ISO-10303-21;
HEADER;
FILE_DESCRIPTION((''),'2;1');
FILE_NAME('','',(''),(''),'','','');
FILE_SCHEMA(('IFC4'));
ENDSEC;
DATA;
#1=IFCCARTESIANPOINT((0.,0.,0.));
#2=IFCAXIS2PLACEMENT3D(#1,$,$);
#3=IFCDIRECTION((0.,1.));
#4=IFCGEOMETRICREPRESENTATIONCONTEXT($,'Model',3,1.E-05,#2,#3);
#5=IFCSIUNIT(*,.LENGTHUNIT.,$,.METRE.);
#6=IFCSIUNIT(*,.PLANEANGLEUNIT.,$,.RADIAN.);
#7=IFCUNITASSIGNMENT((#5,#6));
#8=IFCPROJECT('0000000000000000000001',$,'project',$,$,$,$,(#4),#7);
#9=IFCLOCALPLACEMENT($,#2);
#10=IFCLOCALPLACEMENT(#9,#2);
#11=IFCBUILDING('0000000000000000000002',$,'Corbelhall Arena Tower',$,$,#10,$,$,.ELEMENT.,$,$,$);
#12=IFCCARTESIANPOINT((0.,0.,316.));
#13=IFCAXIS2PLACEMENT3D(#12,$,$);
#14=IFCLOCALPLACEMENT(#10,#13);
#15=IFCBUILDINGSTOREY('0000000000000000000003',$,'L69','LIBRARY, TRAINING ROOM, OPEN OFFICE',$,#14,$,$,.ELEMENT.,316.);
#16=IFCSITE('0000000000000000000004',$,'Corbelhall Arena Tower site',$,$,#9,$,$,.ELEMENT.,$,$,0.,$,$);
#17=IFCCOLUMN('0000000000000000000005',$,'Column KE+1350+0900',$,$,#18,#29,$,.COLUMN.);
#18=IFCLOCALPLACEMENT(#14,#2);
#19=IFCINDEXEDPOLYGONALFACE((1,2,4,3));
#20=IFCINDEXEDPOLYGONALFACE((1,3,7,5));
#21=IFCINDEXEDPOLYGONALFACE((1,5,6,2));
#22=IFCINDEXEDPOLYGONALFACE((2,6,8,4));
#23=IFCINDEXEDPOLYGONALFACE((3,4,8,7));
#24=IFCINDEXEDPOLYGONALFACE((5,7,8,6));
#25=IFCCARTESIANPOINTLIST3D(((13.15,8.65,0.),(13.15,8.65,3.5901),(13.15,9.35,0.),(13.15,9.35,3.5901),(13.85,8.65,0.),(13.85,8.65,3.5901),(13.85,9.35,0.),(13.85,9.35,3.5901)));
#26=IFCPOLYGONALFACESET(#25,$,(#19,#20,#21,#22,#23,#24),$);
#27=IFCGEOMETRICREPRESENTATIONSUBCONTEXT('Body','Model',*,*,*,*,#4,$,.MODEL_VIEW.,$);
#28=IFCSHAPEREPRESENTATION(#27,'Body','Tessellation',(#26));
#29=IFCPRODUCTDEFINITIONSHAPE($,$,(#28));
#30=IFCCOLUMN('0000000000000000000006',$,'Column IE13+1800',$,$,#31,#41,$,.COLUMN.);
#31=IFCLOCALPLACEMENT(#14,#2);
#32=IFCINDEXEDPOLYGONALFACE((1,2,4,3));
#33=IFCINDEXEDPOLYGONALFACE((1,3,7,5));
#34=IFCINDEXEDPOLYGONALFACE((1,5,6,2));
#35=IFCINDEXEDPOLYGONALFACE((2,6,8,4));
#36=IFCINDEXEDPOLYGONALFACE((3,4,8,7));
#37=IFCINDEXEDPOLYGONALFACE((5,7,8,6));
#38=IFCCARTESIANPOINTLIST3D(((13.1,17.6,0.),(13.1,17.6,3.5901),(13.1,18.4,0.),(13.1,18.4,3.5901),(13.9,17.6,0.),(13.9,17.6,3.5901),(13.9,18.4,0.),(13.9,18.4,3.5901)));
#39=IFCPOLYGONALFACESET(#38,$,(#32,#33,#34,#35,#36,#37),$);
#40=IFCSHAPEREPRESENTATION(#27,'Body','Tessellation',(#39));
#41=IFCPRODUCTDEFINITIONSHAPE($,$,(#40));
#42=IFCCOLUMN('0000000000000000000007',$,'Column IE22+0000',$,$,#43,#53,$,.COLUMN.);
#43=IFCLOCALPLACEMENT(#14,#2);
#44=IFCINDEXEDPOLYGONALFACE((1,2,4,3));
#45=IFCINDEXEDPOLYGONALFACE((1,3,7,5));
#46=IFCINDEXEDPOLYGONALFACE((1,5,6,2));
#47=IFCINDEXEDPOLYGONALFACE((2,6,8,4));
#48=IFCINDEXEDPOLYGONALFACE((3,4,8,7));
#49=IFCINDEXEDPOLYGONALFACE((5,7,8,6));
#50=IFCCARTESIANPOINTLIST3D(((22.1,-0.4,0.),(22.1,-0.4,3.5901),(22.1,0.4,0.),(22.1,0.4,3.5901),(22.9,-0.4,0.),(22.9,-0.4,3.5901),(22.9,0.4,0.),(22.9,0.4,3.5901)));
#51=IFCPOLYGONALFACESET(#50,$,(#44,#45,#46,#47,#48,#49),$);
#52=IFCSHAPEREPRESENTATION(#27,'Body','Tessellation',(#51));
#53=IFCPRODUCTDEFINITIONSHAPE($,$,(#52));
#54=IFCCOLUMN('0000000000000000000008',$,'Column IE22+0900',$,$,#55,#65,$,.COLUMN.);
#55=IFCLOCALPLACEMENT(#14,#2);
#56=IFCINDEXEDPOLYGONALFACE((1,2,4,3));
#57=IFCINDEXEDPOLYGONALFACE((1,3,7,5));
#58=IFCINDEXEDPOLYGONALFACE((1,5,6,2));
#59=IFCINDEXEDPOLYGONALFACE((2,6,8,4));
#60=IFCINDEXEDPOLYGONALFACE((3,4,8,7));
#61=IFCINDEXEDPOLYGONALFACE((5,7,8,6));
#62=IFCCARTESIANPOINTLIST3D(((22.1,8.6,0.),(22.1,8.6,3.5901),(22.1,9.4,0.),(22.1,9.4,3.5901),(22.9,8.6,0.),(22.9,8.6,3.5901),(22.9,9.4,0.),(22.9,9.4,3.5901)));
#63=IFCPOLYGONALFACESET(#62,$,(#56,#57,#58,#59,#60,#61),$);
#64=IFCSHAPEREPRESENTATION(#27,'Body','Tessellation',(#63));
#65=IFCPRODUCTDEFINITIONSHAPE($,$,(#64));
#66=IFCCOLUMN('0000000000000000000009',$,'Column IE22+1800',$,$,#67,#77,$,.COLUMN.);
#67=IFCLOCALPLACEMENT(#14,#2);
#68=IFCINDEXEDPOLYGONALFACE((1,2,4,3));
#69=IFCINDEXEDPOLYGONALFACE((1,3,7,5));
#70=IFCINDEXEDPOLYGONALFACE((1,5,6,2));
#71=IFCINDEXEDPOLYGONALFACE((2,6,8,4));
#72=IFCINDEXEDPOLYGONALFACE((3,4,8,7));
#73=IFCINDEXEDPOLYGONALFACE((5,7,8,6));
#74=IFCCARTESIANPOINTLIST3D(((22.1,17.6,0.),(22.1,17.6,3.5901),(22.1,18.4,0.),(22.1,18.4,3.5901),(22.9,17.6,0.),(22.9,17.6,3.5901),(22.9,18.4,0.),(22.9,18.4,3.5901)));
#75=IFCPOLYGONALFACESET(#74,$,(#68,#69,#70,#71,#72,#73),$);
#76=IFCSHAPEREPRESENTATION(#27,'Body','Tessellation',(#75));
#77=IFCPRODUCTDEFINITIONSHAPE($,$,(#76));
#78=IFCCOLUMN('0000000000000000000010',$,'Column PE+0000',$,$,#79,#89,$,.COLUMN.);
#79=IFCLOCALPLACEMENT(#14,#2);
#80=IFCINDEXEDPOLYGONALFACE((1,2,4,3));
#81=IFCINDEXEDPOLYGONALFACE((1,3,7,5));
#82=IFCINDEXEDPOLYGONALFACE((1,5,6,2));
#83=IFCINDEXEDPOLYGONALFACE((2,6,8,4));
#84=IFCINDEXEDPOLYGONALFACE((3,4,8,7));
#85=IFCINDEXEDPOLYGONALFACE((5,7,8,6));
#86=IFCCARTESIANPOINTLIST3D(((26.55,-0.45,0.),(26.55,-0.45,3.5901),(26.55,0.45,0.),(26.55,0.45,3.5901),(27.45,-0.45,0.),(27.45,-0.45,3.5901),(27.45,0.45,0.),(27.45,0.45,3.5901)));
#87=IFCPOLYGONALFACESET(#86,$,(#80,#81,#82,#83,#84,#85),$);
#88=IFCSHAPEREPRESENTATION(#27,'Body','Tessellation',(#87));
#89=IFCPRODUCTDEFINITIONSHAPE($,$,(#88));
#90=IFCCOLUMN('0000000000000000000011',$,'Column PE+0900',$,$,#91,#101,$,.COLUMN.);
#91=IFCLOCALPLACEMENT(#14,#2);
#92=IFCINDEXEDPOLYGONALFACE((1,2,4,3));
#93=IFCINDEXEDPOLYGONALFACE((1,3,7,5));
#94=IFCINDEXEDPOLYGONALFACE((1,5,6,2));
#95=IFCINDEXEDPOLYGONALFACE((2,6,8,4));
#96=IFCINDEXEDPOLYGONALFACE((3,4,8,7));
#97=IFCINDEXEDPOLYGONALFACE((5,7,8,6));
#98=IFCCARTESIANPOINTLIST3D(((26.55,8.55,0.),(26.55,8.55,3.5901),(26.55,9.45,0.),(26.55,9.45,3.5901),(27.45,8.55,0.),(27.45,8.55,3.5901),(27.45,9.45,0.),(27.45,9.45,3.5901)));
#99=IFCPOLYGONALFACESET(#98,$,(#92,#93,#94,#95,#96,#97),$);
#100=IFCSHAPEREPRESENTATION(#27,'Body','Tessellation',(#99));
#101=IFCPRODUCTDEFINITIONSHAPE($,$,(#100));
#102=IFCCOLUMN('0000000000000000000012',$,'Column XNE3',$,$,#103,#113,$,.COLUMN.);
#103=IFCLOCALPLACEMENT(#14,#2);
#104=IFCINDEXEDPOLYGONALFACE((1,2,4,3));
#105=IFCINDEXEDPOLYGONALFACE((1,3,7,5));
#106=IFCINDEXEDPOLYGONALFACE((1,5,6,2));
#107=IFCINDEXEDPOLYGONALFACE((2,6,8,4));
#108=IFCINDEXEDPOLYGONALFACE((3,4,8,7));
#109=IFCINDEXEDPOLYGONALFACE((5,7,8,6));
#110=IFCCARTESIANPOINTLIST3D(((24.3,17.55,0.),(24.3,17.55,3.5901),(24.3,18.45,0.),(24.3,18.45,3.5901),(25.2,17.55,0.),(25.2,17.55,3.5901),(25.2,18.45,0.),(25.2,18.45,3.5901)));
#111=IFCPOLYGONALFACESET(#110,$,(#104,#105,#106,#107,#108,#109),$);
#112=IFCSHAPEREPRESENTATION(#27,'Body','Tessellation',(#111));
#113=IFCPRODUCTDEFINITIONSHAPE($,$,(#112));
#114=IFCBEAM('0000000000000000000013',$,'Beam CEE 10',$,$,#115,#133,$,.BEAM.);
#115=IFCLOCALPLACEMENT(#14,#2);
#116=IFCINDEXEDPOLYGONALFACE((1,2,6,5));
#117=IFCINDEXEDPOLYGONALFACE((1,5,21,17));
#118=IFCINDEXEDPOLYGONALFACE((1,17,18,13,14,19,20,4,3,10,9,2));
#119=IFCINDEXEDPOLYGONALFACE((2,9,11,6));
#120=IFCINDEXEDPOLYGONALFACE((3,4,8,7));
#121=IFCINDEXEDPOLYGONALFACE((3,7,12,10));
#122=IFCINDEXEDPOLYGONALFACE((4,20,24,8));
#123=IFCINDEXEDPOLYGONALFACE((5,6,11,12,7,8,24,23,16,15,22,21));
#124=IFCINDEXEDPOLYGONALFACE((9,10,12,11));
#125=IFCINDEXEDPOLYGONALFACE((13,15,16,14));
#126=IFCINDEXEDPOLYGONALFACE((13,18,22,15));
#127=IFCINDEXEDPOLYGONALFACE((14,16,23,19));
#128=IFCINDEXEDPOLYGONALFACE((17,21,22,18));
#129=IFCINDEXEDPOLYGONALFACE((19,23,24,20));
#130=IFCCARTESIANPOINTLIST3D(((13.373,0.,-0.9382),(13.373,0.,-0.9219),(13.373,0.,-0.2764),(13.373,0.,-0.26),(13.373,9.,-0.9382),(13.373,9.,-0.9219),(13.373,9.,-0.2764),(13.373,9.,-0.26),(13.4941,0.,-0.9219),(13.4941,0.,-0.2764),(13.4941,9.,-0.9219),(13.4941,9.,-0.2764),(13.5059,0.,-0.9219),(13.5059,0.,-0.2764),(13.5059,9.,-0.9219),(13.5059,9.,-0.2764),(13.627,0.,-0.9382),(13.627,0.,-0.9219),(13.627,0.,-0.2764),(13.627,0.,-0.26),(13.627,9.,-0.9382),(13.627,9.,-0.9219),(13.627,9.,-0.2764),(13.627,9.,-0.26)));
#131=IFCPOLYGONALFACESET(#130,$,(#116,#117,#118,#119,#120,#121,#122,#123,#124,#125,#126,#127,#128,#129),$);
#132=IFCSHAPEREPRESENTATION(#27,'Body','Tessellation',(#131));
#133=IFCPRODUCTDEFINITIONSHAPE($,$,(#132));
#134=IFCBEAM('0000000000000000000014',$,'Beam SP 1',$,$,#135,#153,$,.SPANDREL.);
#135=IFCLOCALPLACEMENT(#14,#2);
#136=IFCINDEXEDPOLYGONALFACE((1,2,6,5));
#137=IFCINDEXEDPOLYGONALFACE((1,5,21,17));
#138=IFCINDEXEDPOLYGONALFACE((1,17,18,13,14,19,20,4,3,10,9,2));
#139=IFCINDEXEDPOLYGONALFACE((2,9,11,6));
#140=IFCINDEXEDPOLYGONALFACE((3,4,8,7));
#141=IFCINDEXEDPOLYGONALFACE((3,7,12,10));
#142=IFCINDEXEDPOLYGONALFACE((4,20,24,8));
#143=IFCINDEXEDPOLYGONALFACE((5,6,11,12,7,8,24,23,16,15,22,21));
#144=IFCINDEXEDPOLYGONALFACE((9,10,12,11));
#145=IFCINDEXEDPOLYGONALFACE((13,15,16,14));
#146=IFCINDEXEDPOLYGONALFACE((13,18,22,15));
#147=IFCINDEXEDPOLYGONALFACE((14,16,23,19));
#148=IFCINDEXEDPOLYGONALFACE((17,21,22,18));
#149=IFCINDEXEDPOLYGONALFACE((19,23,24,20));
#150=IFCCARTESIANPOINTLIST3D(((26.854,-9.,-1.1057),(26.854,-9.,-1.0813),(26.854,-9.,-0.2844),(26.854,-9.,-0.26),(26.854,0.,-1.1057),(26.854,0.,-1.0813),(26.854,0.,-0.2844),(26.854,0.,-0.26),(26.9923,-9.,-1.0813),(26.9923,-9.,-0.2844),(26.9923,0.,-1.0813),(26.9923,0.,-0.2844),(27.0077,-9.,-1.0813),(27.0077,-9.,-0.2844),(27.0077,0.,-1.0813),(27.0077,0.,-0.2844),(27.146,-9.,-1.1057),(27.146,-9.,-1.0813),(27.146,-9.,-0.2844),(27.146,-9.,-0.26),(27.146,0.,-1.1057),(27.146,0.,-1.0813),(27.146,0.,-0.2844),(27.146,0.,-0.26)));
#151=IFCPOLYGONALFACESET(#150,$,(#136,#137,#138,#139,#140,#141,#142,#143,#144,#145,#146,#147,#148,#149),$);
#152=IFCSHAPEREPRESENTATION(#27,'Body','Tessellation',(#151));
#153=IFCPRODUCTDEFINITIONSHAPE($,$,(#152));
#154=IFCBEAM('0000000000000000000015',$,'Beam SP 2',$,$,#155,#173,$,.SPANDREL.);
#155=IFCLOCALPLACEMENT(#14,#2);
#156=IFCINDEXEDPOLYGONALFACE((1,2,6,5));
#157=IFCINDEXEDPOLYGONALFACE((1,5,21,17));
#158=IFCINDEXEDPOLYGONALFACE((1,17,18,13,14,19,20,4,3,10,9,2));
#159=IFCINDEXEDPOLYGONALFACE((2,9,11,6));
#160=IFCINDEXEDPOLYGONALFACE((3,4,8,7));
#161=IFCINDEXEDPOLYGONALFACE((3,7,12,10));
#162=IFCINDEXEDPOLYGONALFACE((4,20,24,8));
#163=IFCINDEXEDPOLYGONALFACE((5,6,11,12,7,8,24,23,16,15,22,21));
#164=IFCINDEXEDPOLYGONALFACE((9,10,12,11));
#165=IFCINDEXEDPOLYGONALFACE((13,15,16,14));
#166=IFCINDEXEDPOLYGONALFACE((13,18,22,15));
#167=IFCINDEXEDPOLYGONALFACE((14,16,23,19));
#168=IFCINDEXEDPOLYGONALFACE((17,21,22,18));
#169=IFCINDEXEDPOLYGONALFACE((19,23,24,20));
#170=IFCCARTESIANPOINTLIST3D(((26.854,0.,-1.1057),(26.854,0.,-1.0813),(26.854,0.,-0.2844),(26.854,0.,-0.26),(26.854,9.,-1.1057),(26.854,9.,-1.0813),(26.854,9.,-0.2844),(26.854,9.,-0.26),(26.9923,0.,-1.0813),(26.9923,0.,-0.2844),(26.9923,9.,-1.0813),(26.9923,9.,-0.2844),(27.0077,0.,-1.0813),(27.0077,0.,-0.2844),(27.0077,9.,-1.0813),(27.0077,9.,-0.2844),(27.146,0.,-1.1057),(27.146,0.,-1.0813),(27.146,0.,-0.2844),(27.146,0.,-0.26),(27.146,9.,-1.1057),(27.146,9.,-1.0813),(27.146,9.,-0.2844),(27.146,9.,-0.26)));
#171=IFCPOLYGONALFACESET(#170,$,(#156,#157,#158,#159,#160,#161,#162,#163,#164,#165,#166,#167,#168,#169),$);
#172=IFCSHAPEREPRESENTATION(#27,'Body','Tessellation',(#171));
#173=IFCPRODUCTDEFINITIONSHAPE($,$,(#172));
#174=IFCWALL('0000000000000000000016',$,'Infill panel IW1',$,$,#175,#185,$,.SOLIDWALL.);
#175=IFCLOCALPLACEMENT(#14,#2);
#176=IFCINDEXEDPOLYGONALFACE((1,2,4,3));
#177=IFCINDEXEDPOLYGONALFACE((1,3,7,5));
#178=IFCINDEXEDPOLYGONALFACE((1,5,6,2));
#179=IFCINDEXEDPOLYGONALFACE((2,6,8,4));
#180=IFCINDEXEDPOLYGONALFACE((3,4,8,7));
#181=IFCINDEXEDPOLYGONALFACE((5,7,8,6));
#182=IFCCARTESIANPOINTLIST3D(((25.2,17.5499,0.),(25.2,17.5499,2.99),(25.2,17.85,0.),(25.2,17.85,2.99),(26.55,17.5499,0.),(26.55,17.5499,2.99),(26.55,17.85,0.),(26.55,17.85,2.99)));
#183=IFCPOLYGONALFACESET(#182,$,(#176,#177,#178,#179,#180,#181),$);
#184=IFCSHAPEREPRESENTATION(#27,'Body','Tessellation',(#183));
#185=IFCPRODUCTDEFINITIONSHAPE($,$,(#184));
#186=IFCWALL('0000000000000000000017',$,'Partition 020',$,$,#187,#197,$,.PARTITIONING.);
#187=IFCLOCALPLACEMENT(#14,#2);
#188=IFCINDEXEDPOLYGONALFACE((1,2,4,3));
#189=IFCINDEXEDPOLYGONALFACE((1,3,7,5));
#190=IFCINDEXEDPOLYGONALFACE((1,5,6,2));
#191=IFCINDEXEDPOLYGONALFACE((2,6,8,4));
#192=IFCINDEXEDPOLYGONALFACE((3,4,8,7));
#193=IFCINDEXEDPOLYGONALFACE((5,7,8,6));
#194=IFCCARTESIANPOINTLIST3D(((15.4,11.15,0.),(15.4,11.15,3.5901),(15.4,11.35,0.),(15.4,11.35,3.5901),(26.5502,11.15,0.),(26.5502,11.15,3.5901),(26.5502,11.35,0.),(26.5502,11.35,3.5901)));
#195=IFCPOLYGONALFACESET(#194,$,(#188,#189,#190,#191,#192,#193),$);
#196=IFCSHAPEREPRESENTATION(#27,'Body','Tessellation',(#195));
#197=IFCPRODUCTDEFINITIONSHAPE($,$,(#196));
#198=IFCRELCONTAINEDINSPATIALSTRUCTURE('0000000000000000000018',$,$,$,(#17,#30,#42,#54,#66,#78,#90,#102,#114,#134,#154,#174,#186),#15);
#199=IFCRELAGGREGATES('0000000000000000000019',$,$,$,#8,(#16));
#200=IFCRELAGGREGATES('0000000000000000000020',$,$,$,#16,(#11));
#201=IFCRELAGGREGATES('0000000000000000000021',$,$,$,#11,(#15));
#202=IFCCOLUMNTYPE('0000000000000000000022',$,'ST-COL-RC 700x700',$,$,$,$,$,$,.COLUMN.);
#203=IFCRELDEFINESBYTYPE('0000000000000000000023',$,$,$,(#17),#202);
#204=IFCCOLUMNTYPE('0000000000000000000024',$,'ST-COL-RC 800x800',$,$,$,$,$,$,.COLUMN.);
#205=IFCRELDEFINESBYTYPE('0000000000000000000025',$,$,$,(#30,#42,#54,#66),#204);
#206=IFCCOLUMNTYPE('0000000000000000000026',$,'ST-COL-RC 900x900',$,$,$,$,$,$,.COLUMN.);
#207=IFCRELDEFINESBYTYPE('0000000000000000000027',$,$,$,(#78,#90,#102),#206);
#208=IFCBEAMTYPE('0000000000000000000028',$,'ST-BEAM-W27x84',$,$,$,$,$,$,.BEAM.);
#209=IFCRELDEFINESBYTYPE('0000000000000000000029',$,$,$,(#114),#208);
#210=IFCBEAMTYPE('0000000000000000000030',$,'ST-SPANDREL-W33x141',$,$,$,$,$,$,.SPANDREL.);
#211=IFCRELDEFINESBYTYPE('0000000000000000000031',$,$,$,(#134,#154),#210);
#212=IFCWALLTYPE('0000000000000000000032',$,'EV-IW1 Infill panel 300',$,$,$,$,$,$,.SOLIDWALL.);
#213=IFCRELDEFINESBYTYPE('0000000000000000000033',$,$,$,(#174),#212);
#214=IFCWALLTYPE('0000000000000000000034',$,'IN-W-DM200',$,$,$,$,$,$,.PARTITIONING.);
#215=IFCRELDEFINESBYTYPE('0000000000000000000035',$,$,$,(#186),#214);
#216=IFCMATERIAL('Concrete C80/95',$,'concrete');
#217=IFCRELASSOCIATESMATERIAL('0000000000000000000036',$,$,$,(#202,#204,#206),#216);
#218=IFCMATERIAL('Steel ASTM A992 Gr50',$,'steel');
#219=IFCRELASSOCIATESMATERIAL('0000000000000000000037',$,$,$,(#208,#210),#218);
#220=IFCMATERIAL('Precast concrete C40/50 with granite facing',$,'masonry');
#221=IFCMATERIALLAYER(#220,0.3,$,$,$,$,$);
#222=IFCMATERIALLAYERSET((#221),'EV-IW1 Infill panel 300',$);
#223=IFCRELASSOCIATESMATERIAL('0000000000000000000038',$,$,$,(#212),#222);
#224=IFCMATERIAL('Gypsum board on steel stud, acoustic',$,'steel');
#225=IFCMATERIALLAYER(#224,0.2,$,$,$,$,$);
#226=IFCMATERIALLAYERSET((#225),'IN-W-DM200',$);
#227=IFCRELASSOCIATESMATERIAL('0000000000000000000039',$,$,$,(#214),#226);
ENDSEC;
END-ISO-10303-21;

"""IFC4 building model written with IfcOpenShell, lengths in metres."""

from ifc_helpers import new_model, si_unit, direction, frame, frame_2d, origin, origin_2d, place, context, subcontext, project, spatial, rectangle, i_section, extrude, material, layer, layer_set, material_profile, profile_set, type_object, element, save


model = new_model("IFC4")

# Units and contexts
model_context = context("Model", 3, precision=1e-05, world=origin(), true_north=direction((0.0, 1.0)))
body_context = subcontext(model_context, "Body", "Model", "MODEL_VIEW")
ifc_project = project(units=[si_unit("LENGTHUNIT", "METRE"), si_unit("PLANEANGLEUNIT", "RADIAN")], contexts=[model_context])

# Site, building, storey
site_placement = place(None, origin())
site = spatial("IfcSite", under=ifc_project, at=site_placement, Name="Corbelhall Arena Tower site", CompositionType="ELEMENT", RefElevation=0.0)
building_placement = place(site_placement, origin())
building = spatial("IfcBuilding", under=site, at=building_placement, Name="Corbelhall Arena Tower", CompositionType="ELEMENT")
storey_placement = place(building_placement, frame((0.0, 0.0, 316.0)))
storey = spatial("IfcBuildingStorey", under=building, at=storey_placement, Name="L69", Description="LIBRARY, TRAINING ROOM, OPEN OFFICE", CompositionType="ELEMENT", Elevation=316.0)

# Columns
ifc_material_1 = material(Name="Concrete C80/95", Category="concrete")
ifc_material_profile_1 = material_profile(ifc_material_1, rectangle(XDim=0.7, YDim=0.7, at=origin_2d()))
ifc_profile_set_1 = profile_set([ifc_material_profile_1], Name="Concrete C80/95")
column_type_1 = type_object("IfcColumnType", Name="ST-COL-RC 700x700", PredefinedType="COLUMN", material=ifc_profile_set_1)
column_placement = place(storey_placement, frame((13.5, 9.0, 0.0), z_axis=(0.0, 0.0, 1.0), x_axis=(1.0, 0.0, 0.0)))
element("IfcColumn", 1, at=column_placement, inside=storey, type_object=column_type_1, Name="Column KE+1350+0900", PredefinedType="COLUMN", context=body_context, shape_type="SweptSolid", body=[
    extrude(rectangle(XDim=0.7, YDim=0.7, at=origin_2d()), origin(), (0.0, 0.0, 1.0), 3.5901),
])
ifc_material_profile_2 = material_profile(ifc_material_1, rectangle(XDim=0.8, YDim=0.8, at=origin_2d()))
ifc_profile_set_2 = profile_set([ifc_material_profile_2], Name="Concrete C80/95")
column_type_2 = type_object("IfcColumnType", Name="ST-COL-RC 800x800", PredefinedType="COLUMN", material=ifc_profile_set_2)
for number, where, z_axis, x_axis, name in (
    (2, (13.5, 18.0, 0.0), (0.0, 0.0, 1.0), (1.0, 0.0, 0.0), "Column IE13+1800"),
    (3, (22.5, 0.0, 0.0), (0.0, 0.0, 1.0), (1.0, 0.0, 0.0), "Column IE22+0000"),
    (4, (22.5, 9.0, 0.0), (0.0, 0.0, 1.0), (1.0, 0.0, 0.0), "Column IE22+0900"),
    (5, (22.5, 18.0, 0.0), (0.0, 0.0, 1.0), (1.0, 0.0, 0.0), "Column IE22+1800"),
):
    element("IfcColumn", number, at=place(storey_placement, frame(where, z_axis=z_axis, x_axis=x_axis)), inside=storey, type_object=column_type_2, Name=name, PredefinedType="COLUMN", context=body_context, shape_type="SweptSolid", body=[
        extrude(rectangle(XDim=0.8, YDim=0.8, at=origin_2d()), origin(), (0.0, 0.0, 1.0), 3.5901),
    ])
ifc_material_profile_3 = material_profile(ifc_material_1, rectangle(XDim=0.8999, YDim=0.8999, at=origin_2d()))
ifc_profile_set_3 = profile_set([ifc_material_profile_3], Name="Concrete C80/95")
column_type_3 = type_object("IfcColumnType", Name="ST-COL-RC 900x900", PredefinedType="COLUMN", material=ifc_profile_set_3)
for number, where, z_axis, x_axis, name in (
    (6, (27.0, 0.0, 0.0), (0.0, 0.0, 1.0), (0.0, 1.0, 0.0), "Column PE+0000"),
    (7, (27.0, 9.0, 0.0), (0.0, 0.0, 1.0), (0.0, 1.0, 0.0), "Column PE+0900"),
    (8, (24.75, 18.0, 0.0), (0.0, 0.0, 1.0), (1.0, 0.0, 0.0), "Column XNE3"),
):
    element("IfcColumn", number, at=place(storey_placement, frame(where, z_axis=z_axis, x_axis=x_axis)), inside=storey, type_object=column_type_3, Name=name, PredefinedType="COLUMN", context=body_context, shape_type="SweptSolid", body=[
        extrude(rectangle(XDim=0.8999, YDim=0.8999, at=origin_2d()), origin(), (0.0, 0.0, 1.0), 3.5901),
    ])

# Beams
ifc_material_2 = material(Name="Steel ASTM A992 Gr50", Category="steel")
ifc_material_profile_4 = material_profile(ifc_material_2, i_section(OverallWidth=0.2539, OverallDepth=0.6782, WebThickness=0.0117, FlangeThickness=0.0164, at=origin_2d()))
ifc_profile_set_4 = profile_set([ifc_material_profile_4], Name="Steel ASTM A992 Gr50")
beam_type_1 = type_object("IfcBeamType", Name="ST-BEAM-W27x84", PredefinedType="BEAM", material=ifc_profile_set_4)
beam_placement = place(storey_placement, frame((13.5, 0.0, -0.5991), z_axis=(0.0, 1.0, 0.0), x_axis=(-1.0, 0.0, 0.0)))
element("IfcBeam", 9, at=beam_placement, inside=storey, type_object=beam_type_1, Name="Beam CEE 10", PredefinedType="BEAM", context=body_context, shape_type="SweptSolid", body=[
    extrude(i_section(OverallWidth=0.2539, OverallDepth=0.6782, WebThickness=0.0117, FlangeThickness=0.0164, at=origin_2d()), origin(), (0.0, 0.0, 1.0), 9.0),
])
ifc_material_profile_5 = material_profile(ifc_material_2, i_section(OverallWidth=0.292, OverallDepth=0.8457, WebThickness=0.0154, FlangeThickness=0.0244, at=origin_2d()))
ifc_profile_set_5 = profile_set([ifc_material_profile_5], Name="Steel ASTM A992 Gr50")
beam_type_2 = type_object("IfcBeamType", Name="ST-SPANDREL-W33x141", PredefinedType="SPANDREL", material=ifc_profile_set_5)
for number, where, z_axis, x_axis, name in (
    (10, (27.0, 0.0, -0.6829), (0.0, -1.0, 0.0), (1.0, 0.0, 0.0), "Beam SP 1"),
    (11, (27.0, 9.0, -0.6829), (0.0, -1.0, 0.0), (1.0, 0.0, 0.0), "Beam SP 2"),
):
    element("IfcBeam", number, at=place(storey_placement, frame(where, z_axis=z_axis, x_axis=x_axis)), inside=storey, type_object=beam_type_2, Name=name, PredefinedType="SPANDREL", context=body_context, shape_type="SweptSolid", body=[
        extrude(i_section(OverallWidth=0.292, OverallDepth=0.8457, WebThickness=0.0154, FlangeThickness=0.0244, at=origin_2d()), origin(), (0.0, 0.0, 1.0), 9.0),
    ])

# Shared definitions
ifc_material_3 = material(Name="Precast concrete C40/50 with granite facing", Category="masonry")
ifc_layer_1 = layer(ifc_material_3, 0.3)
ifc_layer_set_1 = layer_set([ifc_layer_1], Name="EV-IW1 Infill panel 300")
wall_type_1 = type_object("IfcWallType", Name="EV-IW1 Infill panel 300", PredefinedType="SOLIDWALL", material=ifc_layer_set_1)

# Wall
wall_1_placement = place(storey_placement, frame((26.55, 17.7, 0.0), z_axis=(0.0, 0.0, 1.0), x_axis=(-1.0, 0.0, 0.0)))
element("IfcWall", 12, at=wall_1_placement, inside=storey, type_object=wall_type_1, Name="Infill panel IW1", PredefinedType="SOLIDWALL", context=body_context, shape_type="SweptSolid", body=[
    extrude(rectangle(XDim=1.3501, YDim=0.3, at=frame_2d((0.675, 0.0))), origin(), (0.0, 0.0, 1.0), 2.99),
])

# Shared definitions
ifc_material_4 = material(Name="Gypsum board on steel stud, acoustic", Category="steel")
ifc_layer_2 = layer(ifc_material_4, 0.2)
ifc_layer_set_2 = layer_set([ifc_layer_2], Name="IN-W-DM200")
wall_type_2 = type_object("IfcWallType", Name="IN-W-DM200", PredefinedType="PARTITIONING", material=ifc_layer_set_2)

# Wall
for number, where, z_axis, x_axis, name in (
    (13, (15.3999, 11.25, 0.0), (0.0, 0.0, 1.0), (1.0, 0.0, 0.0), "Partition 020"),
):
    element("IfcWall", number, at=place(storey_placement, frame(where, z_axis=z_axis, x_axis=x_axis)), inside=storey, type_object=wall_type_2, Name=name, PredefinedType="PARTITIONING", context=body_context, shape_type="SweptSolid", body=[
        extrude(rectangle(XDim=11.1501, YDim=0.2, at=frame_2d((5.5752, 0.0))), origin(), (0.0, 0.0, 1.0), 3.5901),
    ])

save(model, "model.ifc")
